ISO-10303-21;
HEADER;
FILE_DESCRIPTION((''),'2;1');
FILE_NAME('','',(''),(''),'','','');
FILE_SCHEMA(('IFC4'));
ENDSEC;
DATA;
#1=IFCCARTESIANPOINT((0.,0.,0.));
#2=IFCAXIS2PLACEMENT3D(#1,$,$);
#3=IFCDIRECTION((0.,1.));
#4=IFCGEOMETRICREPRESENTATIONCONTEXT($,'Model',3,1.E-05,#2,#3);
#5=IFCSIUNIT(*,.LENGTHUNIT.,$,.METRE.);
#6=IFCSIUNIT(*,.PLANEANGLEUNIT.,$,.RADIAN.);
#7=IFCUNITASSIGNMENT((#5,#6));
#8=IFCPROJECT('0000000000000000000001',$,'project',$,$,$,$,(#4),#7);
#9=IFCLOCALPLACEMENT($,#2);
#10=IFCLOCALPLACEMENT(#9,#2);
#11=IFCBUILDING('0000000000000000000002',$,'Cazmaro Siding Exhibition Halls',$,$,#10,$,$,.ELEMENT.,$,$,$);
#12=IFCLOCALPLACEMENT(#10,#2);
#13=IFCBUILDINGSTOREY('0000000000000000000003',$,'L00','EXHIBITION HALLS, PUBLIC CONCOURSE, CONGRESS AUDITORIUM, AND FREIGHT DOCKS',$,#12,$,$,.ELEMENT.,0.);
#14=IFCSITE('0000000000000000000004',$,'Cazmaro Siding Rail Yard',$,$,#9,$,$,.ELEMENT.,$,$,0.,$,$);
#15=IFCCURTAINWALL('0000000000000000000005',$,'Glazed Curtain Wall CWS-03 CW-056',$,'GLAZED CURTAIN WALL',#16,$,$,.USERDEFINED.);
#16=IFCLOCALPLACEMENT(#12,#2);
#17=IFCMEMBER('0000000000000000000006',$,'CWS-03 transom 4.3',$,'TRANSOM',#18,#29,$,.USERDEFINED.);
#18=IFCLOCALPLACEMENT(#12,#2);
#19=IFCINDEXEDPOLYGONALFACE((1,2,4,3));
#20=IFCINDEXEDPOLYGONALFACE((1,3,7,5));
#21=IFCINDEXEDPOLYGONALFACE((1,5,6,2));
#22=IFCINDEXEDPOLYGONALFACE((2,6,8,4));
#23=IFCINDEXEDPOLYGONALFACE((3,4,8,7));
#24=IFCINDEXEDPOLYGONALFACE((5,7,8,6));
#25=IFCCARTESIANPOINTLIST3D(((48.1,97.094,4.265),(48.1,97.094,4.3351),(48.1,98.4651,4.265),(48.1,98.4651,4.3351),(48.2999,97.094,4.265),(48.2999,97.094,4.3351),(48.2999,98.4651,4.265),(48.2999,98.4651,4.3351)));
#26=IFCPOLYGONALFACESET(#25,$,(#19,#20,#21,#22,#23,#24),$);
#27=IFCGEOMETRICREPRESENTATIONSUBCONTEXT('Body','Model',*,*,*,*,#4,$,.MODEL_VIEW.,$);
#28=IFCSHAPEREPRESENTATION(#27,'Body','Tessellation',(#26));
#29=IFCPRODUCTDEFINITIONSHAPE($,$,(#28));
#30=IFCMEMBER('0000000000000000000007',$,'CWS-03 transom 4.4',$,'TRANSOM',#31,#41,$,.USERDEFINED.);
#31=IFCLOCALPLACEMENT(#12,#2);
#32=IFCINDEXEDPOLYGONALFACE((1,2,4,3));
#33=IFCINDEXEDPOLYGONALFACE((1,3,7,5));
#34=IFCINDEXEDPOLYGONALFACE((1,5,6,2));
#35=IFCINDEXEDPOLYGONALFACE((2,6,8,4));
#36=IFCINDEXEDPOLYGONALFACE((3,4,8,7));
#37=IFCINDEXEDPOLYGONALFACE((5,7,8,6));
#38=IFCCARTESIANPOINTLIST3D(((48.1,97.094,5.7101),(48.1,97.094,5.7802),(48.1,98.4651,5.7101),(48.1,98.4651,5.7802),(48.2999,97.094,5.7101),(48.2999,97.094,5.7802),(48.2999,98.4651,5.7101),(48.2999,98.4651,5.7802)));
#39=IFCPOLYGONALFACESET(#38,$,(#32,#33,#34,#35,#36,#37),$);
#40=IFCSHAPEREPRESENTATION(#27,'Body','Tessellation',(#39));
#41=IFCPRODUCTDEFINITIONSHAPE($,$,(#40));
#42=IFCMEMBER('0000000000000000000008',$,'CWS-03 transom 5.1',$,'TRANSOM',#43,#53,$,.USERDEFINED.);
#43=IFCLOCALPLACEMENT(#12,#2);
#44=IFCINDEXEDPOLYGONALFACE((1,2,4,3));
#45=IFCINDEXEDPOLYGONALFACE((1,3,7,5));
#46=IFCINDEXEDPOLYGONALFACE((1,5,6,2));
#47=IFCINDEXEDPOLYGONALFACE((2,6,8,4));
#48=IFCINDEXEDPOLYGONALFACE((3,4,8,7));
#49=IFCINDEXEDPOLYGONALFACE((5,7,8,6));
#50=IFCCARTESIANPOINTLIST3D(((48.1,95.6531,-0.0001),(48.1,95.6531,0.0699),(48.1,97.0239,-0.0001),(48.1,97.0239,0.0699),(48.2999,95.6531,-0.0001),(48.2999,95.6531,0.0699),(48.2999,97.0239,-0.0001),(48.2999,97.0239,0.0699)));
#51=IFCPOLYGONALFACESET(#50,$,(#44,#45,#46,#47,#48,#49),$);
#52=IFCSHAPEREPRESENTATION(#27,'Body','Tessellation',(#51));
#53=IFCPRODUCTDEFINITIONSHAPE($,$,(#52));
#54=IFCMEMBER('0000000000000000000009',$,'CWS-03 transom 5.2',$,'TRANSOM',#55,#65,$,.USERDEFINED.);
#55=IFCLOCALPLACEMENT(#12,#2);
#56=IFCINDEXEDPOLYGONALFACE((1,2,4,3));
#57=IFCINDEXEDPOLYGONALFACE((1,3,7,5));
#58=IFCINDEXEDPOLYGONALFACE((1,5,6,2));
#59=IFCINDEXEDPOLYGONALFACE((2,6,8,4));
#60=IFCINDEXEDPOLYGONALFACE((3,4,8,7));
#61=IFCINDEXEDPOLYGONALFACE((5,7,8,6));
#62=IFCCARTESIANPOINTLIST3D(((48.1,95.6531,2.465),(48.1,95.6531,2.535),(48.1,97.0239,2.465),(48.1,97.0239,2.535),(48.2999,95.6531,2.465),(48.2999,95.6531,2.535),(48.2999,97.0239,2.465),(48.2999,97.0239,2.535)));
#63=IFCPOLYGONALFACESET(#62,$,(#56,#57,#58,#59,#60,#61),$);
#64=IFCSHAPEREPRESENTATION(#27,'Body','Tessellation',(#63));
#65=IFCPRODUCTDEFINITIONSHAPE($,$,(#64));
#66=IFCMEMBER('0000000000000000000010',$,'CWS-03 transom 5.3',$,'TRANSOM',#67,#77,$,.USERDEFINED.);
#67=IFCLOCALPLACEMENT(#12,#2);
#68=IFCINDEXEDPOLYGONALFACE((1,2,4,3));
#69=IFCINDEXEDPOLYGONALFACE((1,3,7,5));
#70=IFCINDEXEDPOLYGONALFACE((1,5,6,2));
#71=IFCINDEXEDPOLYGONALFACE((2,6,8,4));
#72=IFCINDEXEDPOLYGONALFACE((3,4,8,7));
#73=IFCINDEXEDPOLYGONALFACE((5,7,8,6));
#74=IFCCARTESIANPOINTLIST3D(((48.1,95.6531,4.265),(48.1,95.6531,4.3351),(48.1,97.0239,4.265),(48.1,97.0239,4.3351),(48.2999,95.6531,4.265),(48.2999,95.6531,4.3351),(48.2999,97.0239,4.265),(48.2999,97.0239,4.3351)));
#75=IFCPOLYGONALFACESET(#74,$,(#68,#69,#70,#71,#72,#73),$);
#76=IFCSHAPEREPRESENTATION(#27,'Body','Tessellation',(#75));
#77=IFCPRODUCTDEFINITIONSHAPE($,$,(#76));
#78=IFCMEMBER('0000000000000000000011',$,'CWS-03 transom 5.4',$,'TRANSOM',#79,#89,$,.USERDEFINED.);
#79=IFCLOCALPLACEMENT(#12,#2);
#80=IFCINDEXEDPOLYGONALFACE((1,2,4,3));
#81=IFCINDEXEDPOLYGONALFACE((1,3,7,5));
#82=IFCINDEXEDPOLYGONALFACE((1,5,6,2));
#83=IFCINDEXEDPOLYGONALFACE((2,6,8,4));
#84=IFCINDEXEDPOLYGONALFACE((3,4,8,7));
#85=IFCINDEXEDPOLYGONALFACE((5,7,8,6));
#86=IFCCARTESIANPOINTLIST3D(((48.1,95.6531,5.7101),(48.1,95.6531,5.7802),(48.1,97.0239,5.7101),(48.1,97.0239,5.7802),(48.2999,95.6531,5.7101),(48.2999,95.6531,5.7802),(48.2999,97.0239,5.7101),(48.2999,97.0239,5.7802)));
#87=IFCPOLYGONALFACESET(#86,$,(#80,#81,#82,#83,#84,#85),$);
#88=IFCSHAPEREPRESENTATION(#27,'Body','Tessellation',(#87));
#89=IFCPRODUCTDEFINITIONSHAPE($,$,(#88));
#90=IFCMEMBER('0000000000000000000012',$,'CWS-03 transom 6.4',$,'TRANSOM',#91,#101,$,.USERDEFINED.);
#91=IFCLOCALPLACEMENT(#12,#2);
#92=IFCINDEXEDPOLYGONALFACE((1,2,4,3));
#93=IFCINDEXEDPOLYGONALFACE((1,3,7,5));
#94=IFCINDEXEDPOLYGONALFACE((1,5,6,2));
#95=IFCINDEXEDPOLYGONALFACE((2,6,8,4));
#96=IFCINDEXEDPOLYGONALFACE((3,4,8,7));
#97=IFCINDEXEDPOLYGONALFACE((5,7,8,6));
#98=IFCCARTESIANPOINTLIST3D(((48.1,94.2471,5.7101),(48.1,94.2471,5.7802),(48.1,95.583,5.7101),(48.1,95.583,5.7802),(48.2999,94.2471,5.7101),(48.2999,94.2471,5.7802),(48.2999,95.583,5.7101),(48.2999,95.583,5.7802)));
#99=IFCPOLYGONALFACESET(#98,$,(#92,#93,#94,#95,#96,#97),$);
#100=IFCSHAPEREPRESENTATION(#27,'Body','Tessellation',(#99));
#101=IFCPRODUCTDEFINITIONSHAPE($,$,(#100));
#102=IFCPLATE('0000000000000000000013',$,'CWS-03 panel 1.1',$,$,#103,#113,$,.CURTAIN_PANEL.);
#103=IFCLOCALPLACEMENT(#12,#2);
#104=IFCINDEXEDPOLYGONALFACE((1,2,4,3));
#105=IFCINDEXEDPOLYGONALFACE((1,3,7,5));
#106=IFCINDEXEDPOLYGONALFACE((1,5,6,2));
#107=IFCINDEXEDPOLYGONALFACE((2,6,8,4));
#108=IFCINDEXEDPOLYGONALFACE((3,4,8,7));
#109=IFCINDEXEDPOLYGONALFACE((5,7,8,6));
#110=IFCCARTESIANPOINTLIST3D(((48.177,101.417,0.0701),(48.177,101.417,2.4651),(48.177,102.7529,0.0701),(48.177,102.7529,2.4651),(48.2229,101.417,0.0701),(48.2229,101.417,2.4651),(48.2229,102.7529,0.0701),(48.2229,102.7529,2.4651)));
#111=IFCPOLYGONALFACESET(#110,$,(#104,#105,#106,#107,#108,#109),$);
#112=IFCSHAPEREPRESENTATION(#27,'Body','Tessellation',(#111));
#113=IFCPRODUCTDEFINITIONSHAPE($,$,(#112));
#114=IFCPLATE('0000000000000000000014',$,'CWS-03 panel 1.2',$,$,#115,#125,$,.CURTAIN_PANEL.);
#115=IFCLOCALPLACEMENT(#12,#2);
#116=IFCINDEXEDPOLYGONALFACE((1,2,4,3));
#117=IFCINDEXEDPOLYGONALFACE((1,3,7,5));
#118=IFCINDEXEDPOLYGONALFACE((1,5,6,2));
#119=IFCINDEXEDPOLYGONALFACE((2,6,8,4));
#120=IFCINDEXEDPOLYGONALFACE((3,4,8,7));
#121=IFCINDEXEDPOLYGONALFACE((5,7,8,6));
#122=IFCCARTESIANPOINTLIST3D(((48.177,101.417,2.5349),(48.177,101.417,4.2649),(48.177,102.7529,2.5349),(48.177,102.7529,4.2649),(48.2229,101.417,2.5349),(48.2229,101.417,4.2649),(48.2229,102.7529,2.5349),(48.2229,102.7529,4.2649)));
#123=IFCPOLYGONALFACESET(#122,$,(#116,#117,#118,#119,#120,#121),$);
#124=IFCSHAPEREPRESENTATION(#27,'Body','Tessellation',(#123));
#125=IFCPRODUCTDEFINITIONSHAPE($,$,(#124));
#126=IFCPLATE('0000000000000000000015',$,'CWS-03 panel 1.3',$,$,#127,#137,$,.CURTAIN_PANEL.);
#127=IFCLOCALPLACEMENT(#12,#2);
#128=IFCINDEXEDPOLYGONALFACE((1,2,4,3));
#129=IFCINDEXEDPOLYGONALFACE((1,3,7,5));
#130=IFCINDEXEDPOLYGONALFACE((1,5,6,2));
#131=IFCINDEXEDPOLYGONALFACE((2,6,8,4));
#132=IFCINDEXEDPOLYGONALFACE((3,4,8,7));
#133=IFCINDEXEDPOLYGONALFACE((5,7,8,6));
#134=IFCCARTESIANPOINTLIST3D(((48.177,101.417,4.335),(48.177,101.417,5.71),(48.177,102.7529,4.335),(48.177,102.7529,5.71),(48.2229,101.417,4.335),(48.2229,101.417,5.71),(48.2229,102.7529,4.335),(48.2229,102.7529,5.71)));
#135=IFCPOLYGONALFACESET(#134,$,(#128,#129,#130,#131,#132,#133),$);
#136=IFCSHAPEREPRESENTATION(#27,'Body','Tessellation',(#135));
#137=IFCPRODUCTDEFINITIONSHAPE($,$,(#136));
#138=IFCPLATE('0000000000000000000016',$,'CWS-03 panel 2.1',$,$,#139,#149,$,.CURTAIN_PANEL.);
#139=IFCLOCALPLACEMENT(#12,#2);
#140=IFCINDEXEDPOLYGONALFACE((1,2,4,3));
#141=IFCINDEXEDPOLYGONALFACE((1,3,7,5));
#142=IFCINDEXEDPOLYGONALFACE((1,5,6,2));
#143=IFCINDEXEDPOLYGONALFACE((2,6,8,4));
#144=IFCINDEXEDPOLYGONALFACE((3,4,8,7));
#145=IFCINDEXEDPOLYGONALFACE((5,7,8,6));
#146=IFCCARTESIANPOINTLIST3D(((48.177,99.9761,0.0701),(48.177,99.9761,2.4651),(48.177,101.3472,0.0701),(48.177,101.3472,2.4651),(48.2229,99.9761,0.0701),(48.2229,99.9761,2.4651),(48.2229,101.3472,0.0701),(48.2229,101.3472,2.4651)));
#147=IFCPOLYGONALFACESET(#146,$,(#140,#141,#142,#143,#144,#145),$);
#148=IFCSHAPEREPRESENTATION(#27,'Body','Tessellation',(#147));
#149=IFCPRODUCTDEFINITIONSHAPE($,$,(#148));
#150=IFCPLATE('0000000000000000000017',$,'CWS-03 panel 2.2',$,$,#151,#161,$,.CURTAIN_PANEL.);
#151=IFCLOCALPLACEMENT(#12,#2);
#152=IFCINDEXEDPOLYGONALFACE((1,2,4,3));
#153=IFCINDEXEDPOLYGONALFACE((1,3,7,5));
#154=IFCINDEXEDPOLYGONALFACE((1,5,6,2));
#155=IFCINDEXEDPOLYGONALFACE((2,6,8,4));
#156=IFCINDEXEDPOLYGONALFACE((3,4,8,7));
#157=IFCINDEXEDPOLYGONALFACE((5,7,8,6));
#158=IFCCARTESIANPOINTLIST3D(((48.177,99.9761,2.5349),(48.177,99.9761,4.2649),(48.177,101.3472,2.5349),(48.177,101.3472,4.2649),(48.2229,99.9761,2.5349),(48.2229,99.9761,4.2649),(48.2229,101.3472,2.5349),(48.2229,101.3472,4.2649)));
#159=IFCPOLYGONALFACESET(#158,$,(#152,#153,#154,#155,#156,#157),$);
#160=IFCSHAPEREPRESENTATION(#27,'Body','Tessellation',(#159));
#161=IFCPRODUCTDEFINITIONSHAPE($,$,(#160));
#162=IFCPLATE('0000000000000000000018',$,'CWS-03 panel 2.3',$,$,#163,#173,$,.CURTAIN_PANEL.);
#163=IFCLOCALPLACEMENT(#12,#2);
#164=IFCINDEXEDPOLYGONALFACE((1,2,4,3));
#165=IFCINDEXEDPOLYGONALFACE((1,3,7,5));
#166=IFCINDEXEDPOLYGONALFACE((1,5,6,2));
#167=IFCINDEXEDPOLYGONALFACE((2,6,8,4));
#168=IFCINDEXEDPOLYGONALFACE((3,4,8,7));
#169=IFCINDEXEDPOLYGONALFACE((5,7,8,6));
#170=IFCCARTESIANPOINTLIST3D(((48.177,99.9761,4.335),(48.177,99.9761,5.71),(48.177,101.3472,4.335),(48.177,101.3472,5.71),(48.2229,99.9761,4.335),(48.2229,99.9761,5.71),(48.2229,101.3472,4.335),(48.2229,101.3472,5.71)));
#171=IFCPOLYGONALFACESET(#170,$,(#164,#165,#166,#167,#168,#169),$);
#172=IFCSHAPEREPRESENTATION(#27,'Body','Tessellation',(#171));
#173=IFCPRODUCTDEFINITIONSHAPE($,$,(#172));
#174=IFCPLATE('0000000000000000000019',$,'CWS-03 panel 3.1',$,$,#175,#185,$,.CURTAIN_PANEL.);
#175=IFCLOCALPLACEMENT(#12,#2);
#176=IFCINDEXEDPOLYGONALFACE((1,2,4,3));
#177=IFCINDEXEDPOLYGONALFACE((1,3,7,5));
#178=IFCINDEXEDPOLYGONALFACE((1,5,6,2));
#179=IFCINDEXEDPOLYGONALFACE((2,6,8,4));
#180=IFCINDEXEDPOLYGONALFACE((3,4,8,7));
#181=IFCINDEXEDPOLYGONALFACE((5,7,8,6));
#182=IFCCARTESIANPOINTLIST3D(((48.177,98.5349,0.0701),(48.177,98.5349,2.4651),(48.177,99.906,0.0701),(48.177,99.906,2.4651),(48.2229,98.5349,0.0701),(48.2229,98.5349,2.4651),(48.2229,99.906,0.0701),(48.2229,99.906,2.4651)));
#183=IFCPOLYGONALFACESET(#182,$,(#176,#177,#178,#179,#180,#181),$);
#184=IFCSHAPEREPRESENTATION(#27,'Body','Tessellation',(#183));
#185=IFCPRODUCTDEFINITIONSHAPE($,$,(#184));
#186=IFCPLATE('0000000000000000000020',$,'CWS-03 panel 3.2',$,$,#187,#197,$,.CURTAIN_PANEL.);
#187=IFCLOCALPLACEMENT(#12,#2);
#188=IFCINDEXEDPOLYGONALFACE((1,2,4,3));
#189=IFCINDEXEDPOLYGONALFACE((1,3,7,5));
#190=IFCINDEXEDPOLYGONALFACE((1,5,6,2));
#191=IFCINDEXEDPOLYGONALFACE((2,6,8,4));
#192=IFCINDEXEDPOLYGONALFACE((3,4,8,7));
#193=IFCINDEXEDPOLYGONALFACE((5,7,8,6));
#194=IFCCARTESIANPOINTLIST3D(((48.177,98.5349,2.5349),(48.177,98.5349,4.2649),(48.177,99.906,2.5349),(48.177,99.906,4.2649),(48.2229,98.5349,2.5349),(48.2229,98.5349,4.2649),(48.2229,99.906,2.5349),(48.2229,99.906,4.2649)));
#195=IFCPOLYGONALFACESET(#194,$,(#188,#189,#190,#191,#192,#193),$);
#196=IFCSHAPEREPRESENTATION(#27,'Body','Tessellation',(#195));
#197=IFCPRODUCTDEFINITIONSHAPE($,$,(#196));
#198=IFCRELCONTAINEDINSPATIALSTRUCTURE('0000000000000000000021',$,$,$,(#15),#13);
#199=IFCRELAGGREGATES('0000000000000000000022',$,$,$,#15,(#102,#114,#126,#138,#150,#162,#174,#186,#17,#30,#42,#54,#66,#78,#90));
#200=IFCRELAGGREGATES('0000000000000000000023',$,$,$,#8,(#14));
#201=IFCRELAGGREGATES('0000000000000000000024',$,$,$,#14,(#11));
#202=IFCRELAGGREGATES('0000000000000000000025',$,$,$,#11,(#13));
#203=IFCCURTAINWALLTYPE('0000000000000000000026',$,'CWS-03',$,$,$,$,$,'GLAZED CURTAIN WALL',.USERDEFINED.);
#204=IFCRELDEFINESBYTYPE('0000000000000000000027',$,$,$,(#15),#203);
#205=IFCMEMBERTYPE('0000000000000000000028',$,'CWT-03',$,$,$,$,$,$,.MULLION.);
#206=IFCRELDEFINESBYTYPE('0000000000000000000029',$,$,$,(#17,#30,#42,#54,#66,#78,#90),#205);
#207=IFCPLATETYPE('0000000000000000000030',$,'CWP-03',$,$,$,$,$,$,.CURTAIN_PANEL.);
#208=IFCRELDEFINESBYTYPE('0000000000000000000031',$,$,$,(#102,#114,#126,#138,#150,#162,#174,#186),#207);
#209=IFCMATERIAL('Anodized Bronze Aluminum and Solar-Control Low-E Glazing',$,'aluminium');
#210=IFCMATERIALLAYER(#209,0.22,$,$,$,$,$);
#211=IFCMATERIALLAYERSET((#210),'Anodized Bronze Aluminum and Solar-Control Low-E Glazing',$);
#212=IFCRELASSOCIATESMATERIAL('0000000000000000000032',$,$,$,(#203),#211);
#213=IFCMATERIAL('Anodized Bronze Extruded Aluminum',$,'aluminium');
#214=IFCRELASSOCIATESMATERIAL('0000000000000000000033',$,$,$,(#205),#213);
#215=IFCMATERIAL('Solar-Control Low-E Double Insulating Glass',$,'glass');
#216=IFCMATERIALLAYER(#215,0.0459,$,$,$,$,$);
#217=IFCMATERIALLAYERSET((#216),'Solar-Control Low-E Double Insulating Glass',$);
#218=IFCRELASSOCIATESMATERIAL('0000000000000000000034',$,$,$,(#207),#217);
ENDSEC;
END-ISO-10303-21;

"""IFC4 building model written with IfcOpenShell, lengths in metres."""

from ifc_helpers import new_model, si_unit, direction, frame, origin, origin_2d, place, context, subcontext, project, spatial, rectangle, extrude, material, layer, layer_set, material_profile, profile_set, type_object, element, aggregate, save


model = new_model("IFC4")

# Units and contexts
model_context = context("Model", 3, precision=1e-05, world=origin(), true_north=direction((0.0, 1.0)))
body_context = subcontext(model_context, "Body", "Model", "MODEL_VIEW")
ifc_project = project(units=[si_unit("LENGTHUNIT", "METRE"), si_unit("PLANEANGLEUNIT", "RADIAN")], contexts=[model_context])

# Site, building, storey
site_placement = place(None, origin())
site = spatial("IfcSite", under=ifc_project, at=site_placement, Name="Cazmaro Siding Rail Yard", CompositionType="ELEMENT", RefElevation=0.0)
building_placement = place(site_placement, origin())
building = spatial("IfcBuilding", under=site, at=building_placement, Name="Cazmaro Siding Exhibition Halls", CompositionType="ELEMENT")
storey_placement = place(building_placement, origin())
storey = spatial("IfcBuildingStorey", under=building, at=storey_placement, Name="L00", Description="EXHIBITION HALLS, PUBLIC CONCOURSE, CONGRESS AUDITORIUM, AND FREIGHT DOCKS", CompositionType="ELEMENT", Elevation=0.0)

# Curtain wall, members, plates
ifc_material_1 = material(Name="Anodized Bronze Aluminum and Solar-Control Low-E Glazing", Category="aluminium")
ifc_layer_1 = layer(ifc_material_1, 0.22)
ifc_layer_set_1 = layer_set([ifc_layer_1], Name="Anodized Bronze Aluminum and Solar-Control Low-E Glazing")
curtain_wall_type = type_object("IfcCurtainWallType", Name="CWS-03", ElementType="GLAZED CURTAIN WALL", PredefinedType="USERDEFINED", material=ifc_layer_set_1)
curtain_wall_placement = place(storey_placement, origin())
curtain_wall = element("IfcCurtainWall", 1, at=curtain_wall_placement, inside=storey, type_object=curtain_wall_type, Name="Glazed Curtain Wall CWS-03 CW-056", ObjectType="GLAZED CURTAIN WALL", PredefinedType="USERDEFINED")
ifc_material_2 = material(Name="Anodized Bronze Extruded Aluminum", Category="aluminium")
ifc_material_profile_1 = material_profile(ifc_material_2, rectangle(XDim=0.2, YDim=0.0701, at=origin_2d()), Name="CWT-03")
ifc_profile_set_1 = profile_set([ifc_material_profile_1], Name="Anodized Bronze Extruded Aluminum")
member_type_1 = type_object("IfcMemberType", Name="CWT-03", PredefinedType="MULLION", material=ifc_profile_set_1)
member_1_placement = place(storey_placement, frame((48.2, 98.4651, 4.3), z_axis=(0.0, -1.0, 0.0), x_axis=(1.0, 0.0, 0.0)))
member_1 = element("IfcMember", 2, at=member_1_placement, type_object=member_type_1, Name="CWS-03 transom 4.3", ObjectType="TRANSOM", PredefinedType="USERDEFINED", context=body_context, shape_type="SweptSolid", body=[
    extrude(rectangle(XDim=0.2, YDim=0.0701, at=origin_2d()), origin(), (0.0, 0.0, 1.0), 1.3711),
])
member_2_placement = place(storey_placement, frame((48.2, 98.4651, 5.7451), z_axis=(0.0, -1.0, 0.0), x_axis=(1.0, 0.0, 0.0)))
member_2 = element("IfcMember", 3, at=member_2_placement, type_object=member_type_1, Name="CWS-03 transom 4.4", ObjectType="TRANSOM", PredefinedType="USERDEFINED", context=body_context, shape_type="SweptSolid", body=[
    extrude(rectangle(XDim=0.2, YDim=0.0701, at=origin_2d()), origin(), (0.0, 0.0, 1.0), 1.3711),
])
member_3_placement = place(storey_placement, frame((48.2, 97.0239, 0.0349), z_axis=(0.0, -1.0, 0.0), x_axis=(1.0, 0.0, 0.0)))
member_3 = element("IfcMember", 4, at=member_3_placement, type_object=member_type_1, Name="CWS-03 transom 5.1", ObjectType="TRANSOM", PredefinedType="USERDEFINED", context=body_context, shape_type="SweptSolid", body=[
    extrude(rectangle(XDim=0.2, YDim=0.0701, at=origin_2d()), origin(), (0.0, 0.0, 1.0), 1.3708),
])
member_4_placement = place(storey_placement, frame((48.2, 97.0239, 2.5), z_axis=(0.0, -1.0, 0.0), x_axis=(1.0, 0.0, 0.0)))
member_4 = element("IfcMember", 5, at=member_4_placement, type_object=member_type_1, Name="CWS-03 transom 5.2", ObjectType="TRANSOM", PredefinedType="USERDEFINED", context=body_context, shape_type="SweptSolid", body=[
    extrude(rectangle(XDim=0.2, YDim=0.0701, at=origin_2d()), origin(), (0.0, 0.0, 1.0), 1.3708),
])
member_5_placement = place(storey_placement, frame((48.2, 97.0239, 4.3), z_axis=(0.0, -1.0, 0.0), x_axis=(1.0, 0.0, 0.0)))
member_5 = element("IfcMember", 6, at=member_5_placement, type_object=member_type_1, Name="CWS-03 transom 5.3", ObjectType="TRANSOM", PredefinedType="USERDEFINED", context=body_context, shape_type="SweptSolid", body=[
    extrude(rectangle(XDim=0.2, YDim=0.0701, at=origin_2d()), origin(), (0.0, 0.0, 1.0), 1.3708),
])
member_6_placement = place(storey_placement, frame((48.2, 97.0239, 5.7451), z_axis=(0.0, -1.0, 0.0), x_axis=(1.0, 0.0, 0.0)))
member_6 = element("IfcMember", 7, at=member_6_placement, type_object=member_type_1, Name="CWS-03 transom 5.4", ObjectType="TRANSOM", PredefinedType="USERDEFINED", context=body_context, shape_type="SweptSolid", body=[
    extrude(rectangle(XDim=0.2, YDim=0.0701, at=origin_2d()), origin(), (0.0, 0.0, 1.0), 1.3708),
])
member_7_placement = place(storey_placement, frame((48.2, 95.583, 5.7451), z_axis=(0.0, -1.0, 0.0), x_axis=(1.0, 0.0, 0.0)))
member_7 = element("IfcMember", 8, at=member_7_placement, type_object=member_type_1, Name="CWS-03 transom 6.4", ObjectType="TRANSOM", PredefinedType="USERDEFINED", context=body_context, shape_type="SweptSolid", body=[
    extrude(rectangle(XDim=0.2, YDim=0.0701, at=origin_2d()), origin(), (0.0, 0.0, 1.0), 1.3359),
])
ifc_material_3 = material(Name="Solar-Control Low-E Double Insulating Glass", Category="glass")
ifc_layer_2 = layer(ifc_material_3, 0.0459)
ifc_layer_set_2 = layer_set([ifc_layer_2], Name="Solar-Control Low-E Double Insulating Glass")
plate_type = type_object("IfcPlateType", Name="CWP-03", PredefinedType="CURTAIN_PANEL", material=ifc_layer_set_2)
plate_1_placement = place(storey_placement, frame((48.2, 102.085, 0.0701), z_axis=(0.0, 0.0, 1.0), x_axis=(0.0, -1.0, 0.0)))
plate_1 = element("IfcPlate", 9, at=plate_1_placement, type_object=plate_type, Name="CWS-03 panel 1.1", PredefinedType="CURTAIN_PANEL", context=body_context, shape_type="SweptSolid", body=[
    extrude(rectangle(XDim=1.3359, YDim=0.0459, at=origin_2d()), origin(), (0.0, 0.0, 1.0), 2.395),
])
plate_2_placement = place(storey_placement, frame((48.2, 102.085, 2.5349), z_axis=(0.0, 0.0, 1.0), x_axis=(0.0, -1.0, 0.0)))
plate_2 = element("IfcPlate", 10, at=plate_2_placement, type_object=plate_type, Name="CWS-03 panel 1.2", PredefinedType="CURTAIN_PANEL", context=body_context, shape_type="SweptSolid", body=[
    extrude(rectangle(XDim=1.3359, YDim=0.0459, at=origin_2d()), origin(), (0.0, 0.0, 1.0), 1.73),
])
plate_3_placement = place(storey_placement, frame((48.2, 102.085, 4.335), z_axis=(0.0, 0.0, 1.0), x_axis=(0.0, -1.0, 0.0)))
plate_3 = element("IfcPlate", 11, at=plate_3_placement, type_object=plate_type, Name="CWS-03 panel 1.3", PredefinedType="CURTAIN_PANEL", context=body_context, shape_type="SweptSolid", body=[
    extrude(rectangle(XDim=1.3359, YDim=0.0459, at=origin_2d()), origin(), (0.0, 0.0, 1.0), 1.375),
])
plate_4_placement = place(storey_placement, frame((48.2, 100.6616, 0.0701), z_axis=(0.0, 0.0, 1.0), x_axis=(0.0, -1.0, 0.0)))
plate_4 = element("IfcPlate", 12, at=plate_4_placement, type_object=plate_type, Name="CWS-03 panel 2.1", PredefinedType="CURTAIN_PANEL", context=body_context, shape_type="SweptSolid", body=[
    extrude(rectangle(XDim=1.3711, YDim=0.0459, at=origin_2d()), origin(), (0.0, 0.0, 1.0), 2.395),
])
plate_5_placement = place(storey_placement, frame((48.2, 100.6616, 2.5349), z_axis=(0.0, 0.0, 1.0), x_axis=(0.0, -1.0, 0.0)))
plate_5 = element("IfcPlate", 13, at=plate_5_placement, type_object=plate_type, Name="CWS-03 panel 2.2", PredefinedType="CURTAIN_PANEL", context=body_context, shape_type="SweptSolid", body=[
    extrude(rectangle(XDim=1.3711, YDim=0.0459, at=origin_2d()), origin(), (0.0, 0.0, 1.0), 1.73),
])
plate_6_placement = place(storey_placement, frame((48.2, 100.6616, 4.335), z_axis=(0.0, 0.0, 1.0), x_axis=(0.0, -1.0, 0.0)))
plate_6 = element("IfcPlate", 14, at=plate_6_placement, type_object=plate_type, Name="CWS-03 panel 2.3", PredefinedType="CURTAIN_PANEL", context=body_context, shape_type="SweptSolid", body=[
    extrude(rectangle(XDim=1.3711, YDim=0.0459, at=origin_2d()), origin(), (0.0, 0.0, 1.0), 1.375),
])
plate_7_placement = place(storey_placement, frame((48.2, 99.2205, 0.0701), z_axis=(0.0, 0.0, 1.0), x_axis=(0.0, -1.0, 0.0)))
plate_7 = element("IfcPlate", 15, at=plate_7_placement, type_object=plate_type, Name="CWS-03 panel 3.1", PredefinedType="CURTAIN_PANEL", context=body_context, shape_type="SweptSolid", body=[
    extrude(rectangle(XDim=1.3711, YDim=0.0459, at=origin_2d()), origin(), (0.0, 0.0, 1.0), 2.395),
])
plate_8_placement = place(storey_placement, frame((48.2, 99.2205, 2.5349), z_axis=(0.0, 0.0, 1.0), x_axis=(0.0, -1.0, 0.0)))
plate_8 = element("IfcPlate", 16, at=plate_8_placement, type_object=plate_type, Name="CWS-03 panel 3.2", PredefinedType="CURTAIN_PANEL", context=body_context, shape_type="SweptSolid", body=[
    extrude(rectangle(XDim=1.3711, YDim=0.0459, at=origin_2d()), origin(), (0.0, 0.0, 1.0), 1.73),
])
aggregate(curtain_wall, [plate_1, plate_2, plate_3, plate_4, plate_5, plate_6, plate_7, plate_8, member_1, member_2, member_3, member_4, member_5, member_6, member_7])

save(model, "model.ifc")
